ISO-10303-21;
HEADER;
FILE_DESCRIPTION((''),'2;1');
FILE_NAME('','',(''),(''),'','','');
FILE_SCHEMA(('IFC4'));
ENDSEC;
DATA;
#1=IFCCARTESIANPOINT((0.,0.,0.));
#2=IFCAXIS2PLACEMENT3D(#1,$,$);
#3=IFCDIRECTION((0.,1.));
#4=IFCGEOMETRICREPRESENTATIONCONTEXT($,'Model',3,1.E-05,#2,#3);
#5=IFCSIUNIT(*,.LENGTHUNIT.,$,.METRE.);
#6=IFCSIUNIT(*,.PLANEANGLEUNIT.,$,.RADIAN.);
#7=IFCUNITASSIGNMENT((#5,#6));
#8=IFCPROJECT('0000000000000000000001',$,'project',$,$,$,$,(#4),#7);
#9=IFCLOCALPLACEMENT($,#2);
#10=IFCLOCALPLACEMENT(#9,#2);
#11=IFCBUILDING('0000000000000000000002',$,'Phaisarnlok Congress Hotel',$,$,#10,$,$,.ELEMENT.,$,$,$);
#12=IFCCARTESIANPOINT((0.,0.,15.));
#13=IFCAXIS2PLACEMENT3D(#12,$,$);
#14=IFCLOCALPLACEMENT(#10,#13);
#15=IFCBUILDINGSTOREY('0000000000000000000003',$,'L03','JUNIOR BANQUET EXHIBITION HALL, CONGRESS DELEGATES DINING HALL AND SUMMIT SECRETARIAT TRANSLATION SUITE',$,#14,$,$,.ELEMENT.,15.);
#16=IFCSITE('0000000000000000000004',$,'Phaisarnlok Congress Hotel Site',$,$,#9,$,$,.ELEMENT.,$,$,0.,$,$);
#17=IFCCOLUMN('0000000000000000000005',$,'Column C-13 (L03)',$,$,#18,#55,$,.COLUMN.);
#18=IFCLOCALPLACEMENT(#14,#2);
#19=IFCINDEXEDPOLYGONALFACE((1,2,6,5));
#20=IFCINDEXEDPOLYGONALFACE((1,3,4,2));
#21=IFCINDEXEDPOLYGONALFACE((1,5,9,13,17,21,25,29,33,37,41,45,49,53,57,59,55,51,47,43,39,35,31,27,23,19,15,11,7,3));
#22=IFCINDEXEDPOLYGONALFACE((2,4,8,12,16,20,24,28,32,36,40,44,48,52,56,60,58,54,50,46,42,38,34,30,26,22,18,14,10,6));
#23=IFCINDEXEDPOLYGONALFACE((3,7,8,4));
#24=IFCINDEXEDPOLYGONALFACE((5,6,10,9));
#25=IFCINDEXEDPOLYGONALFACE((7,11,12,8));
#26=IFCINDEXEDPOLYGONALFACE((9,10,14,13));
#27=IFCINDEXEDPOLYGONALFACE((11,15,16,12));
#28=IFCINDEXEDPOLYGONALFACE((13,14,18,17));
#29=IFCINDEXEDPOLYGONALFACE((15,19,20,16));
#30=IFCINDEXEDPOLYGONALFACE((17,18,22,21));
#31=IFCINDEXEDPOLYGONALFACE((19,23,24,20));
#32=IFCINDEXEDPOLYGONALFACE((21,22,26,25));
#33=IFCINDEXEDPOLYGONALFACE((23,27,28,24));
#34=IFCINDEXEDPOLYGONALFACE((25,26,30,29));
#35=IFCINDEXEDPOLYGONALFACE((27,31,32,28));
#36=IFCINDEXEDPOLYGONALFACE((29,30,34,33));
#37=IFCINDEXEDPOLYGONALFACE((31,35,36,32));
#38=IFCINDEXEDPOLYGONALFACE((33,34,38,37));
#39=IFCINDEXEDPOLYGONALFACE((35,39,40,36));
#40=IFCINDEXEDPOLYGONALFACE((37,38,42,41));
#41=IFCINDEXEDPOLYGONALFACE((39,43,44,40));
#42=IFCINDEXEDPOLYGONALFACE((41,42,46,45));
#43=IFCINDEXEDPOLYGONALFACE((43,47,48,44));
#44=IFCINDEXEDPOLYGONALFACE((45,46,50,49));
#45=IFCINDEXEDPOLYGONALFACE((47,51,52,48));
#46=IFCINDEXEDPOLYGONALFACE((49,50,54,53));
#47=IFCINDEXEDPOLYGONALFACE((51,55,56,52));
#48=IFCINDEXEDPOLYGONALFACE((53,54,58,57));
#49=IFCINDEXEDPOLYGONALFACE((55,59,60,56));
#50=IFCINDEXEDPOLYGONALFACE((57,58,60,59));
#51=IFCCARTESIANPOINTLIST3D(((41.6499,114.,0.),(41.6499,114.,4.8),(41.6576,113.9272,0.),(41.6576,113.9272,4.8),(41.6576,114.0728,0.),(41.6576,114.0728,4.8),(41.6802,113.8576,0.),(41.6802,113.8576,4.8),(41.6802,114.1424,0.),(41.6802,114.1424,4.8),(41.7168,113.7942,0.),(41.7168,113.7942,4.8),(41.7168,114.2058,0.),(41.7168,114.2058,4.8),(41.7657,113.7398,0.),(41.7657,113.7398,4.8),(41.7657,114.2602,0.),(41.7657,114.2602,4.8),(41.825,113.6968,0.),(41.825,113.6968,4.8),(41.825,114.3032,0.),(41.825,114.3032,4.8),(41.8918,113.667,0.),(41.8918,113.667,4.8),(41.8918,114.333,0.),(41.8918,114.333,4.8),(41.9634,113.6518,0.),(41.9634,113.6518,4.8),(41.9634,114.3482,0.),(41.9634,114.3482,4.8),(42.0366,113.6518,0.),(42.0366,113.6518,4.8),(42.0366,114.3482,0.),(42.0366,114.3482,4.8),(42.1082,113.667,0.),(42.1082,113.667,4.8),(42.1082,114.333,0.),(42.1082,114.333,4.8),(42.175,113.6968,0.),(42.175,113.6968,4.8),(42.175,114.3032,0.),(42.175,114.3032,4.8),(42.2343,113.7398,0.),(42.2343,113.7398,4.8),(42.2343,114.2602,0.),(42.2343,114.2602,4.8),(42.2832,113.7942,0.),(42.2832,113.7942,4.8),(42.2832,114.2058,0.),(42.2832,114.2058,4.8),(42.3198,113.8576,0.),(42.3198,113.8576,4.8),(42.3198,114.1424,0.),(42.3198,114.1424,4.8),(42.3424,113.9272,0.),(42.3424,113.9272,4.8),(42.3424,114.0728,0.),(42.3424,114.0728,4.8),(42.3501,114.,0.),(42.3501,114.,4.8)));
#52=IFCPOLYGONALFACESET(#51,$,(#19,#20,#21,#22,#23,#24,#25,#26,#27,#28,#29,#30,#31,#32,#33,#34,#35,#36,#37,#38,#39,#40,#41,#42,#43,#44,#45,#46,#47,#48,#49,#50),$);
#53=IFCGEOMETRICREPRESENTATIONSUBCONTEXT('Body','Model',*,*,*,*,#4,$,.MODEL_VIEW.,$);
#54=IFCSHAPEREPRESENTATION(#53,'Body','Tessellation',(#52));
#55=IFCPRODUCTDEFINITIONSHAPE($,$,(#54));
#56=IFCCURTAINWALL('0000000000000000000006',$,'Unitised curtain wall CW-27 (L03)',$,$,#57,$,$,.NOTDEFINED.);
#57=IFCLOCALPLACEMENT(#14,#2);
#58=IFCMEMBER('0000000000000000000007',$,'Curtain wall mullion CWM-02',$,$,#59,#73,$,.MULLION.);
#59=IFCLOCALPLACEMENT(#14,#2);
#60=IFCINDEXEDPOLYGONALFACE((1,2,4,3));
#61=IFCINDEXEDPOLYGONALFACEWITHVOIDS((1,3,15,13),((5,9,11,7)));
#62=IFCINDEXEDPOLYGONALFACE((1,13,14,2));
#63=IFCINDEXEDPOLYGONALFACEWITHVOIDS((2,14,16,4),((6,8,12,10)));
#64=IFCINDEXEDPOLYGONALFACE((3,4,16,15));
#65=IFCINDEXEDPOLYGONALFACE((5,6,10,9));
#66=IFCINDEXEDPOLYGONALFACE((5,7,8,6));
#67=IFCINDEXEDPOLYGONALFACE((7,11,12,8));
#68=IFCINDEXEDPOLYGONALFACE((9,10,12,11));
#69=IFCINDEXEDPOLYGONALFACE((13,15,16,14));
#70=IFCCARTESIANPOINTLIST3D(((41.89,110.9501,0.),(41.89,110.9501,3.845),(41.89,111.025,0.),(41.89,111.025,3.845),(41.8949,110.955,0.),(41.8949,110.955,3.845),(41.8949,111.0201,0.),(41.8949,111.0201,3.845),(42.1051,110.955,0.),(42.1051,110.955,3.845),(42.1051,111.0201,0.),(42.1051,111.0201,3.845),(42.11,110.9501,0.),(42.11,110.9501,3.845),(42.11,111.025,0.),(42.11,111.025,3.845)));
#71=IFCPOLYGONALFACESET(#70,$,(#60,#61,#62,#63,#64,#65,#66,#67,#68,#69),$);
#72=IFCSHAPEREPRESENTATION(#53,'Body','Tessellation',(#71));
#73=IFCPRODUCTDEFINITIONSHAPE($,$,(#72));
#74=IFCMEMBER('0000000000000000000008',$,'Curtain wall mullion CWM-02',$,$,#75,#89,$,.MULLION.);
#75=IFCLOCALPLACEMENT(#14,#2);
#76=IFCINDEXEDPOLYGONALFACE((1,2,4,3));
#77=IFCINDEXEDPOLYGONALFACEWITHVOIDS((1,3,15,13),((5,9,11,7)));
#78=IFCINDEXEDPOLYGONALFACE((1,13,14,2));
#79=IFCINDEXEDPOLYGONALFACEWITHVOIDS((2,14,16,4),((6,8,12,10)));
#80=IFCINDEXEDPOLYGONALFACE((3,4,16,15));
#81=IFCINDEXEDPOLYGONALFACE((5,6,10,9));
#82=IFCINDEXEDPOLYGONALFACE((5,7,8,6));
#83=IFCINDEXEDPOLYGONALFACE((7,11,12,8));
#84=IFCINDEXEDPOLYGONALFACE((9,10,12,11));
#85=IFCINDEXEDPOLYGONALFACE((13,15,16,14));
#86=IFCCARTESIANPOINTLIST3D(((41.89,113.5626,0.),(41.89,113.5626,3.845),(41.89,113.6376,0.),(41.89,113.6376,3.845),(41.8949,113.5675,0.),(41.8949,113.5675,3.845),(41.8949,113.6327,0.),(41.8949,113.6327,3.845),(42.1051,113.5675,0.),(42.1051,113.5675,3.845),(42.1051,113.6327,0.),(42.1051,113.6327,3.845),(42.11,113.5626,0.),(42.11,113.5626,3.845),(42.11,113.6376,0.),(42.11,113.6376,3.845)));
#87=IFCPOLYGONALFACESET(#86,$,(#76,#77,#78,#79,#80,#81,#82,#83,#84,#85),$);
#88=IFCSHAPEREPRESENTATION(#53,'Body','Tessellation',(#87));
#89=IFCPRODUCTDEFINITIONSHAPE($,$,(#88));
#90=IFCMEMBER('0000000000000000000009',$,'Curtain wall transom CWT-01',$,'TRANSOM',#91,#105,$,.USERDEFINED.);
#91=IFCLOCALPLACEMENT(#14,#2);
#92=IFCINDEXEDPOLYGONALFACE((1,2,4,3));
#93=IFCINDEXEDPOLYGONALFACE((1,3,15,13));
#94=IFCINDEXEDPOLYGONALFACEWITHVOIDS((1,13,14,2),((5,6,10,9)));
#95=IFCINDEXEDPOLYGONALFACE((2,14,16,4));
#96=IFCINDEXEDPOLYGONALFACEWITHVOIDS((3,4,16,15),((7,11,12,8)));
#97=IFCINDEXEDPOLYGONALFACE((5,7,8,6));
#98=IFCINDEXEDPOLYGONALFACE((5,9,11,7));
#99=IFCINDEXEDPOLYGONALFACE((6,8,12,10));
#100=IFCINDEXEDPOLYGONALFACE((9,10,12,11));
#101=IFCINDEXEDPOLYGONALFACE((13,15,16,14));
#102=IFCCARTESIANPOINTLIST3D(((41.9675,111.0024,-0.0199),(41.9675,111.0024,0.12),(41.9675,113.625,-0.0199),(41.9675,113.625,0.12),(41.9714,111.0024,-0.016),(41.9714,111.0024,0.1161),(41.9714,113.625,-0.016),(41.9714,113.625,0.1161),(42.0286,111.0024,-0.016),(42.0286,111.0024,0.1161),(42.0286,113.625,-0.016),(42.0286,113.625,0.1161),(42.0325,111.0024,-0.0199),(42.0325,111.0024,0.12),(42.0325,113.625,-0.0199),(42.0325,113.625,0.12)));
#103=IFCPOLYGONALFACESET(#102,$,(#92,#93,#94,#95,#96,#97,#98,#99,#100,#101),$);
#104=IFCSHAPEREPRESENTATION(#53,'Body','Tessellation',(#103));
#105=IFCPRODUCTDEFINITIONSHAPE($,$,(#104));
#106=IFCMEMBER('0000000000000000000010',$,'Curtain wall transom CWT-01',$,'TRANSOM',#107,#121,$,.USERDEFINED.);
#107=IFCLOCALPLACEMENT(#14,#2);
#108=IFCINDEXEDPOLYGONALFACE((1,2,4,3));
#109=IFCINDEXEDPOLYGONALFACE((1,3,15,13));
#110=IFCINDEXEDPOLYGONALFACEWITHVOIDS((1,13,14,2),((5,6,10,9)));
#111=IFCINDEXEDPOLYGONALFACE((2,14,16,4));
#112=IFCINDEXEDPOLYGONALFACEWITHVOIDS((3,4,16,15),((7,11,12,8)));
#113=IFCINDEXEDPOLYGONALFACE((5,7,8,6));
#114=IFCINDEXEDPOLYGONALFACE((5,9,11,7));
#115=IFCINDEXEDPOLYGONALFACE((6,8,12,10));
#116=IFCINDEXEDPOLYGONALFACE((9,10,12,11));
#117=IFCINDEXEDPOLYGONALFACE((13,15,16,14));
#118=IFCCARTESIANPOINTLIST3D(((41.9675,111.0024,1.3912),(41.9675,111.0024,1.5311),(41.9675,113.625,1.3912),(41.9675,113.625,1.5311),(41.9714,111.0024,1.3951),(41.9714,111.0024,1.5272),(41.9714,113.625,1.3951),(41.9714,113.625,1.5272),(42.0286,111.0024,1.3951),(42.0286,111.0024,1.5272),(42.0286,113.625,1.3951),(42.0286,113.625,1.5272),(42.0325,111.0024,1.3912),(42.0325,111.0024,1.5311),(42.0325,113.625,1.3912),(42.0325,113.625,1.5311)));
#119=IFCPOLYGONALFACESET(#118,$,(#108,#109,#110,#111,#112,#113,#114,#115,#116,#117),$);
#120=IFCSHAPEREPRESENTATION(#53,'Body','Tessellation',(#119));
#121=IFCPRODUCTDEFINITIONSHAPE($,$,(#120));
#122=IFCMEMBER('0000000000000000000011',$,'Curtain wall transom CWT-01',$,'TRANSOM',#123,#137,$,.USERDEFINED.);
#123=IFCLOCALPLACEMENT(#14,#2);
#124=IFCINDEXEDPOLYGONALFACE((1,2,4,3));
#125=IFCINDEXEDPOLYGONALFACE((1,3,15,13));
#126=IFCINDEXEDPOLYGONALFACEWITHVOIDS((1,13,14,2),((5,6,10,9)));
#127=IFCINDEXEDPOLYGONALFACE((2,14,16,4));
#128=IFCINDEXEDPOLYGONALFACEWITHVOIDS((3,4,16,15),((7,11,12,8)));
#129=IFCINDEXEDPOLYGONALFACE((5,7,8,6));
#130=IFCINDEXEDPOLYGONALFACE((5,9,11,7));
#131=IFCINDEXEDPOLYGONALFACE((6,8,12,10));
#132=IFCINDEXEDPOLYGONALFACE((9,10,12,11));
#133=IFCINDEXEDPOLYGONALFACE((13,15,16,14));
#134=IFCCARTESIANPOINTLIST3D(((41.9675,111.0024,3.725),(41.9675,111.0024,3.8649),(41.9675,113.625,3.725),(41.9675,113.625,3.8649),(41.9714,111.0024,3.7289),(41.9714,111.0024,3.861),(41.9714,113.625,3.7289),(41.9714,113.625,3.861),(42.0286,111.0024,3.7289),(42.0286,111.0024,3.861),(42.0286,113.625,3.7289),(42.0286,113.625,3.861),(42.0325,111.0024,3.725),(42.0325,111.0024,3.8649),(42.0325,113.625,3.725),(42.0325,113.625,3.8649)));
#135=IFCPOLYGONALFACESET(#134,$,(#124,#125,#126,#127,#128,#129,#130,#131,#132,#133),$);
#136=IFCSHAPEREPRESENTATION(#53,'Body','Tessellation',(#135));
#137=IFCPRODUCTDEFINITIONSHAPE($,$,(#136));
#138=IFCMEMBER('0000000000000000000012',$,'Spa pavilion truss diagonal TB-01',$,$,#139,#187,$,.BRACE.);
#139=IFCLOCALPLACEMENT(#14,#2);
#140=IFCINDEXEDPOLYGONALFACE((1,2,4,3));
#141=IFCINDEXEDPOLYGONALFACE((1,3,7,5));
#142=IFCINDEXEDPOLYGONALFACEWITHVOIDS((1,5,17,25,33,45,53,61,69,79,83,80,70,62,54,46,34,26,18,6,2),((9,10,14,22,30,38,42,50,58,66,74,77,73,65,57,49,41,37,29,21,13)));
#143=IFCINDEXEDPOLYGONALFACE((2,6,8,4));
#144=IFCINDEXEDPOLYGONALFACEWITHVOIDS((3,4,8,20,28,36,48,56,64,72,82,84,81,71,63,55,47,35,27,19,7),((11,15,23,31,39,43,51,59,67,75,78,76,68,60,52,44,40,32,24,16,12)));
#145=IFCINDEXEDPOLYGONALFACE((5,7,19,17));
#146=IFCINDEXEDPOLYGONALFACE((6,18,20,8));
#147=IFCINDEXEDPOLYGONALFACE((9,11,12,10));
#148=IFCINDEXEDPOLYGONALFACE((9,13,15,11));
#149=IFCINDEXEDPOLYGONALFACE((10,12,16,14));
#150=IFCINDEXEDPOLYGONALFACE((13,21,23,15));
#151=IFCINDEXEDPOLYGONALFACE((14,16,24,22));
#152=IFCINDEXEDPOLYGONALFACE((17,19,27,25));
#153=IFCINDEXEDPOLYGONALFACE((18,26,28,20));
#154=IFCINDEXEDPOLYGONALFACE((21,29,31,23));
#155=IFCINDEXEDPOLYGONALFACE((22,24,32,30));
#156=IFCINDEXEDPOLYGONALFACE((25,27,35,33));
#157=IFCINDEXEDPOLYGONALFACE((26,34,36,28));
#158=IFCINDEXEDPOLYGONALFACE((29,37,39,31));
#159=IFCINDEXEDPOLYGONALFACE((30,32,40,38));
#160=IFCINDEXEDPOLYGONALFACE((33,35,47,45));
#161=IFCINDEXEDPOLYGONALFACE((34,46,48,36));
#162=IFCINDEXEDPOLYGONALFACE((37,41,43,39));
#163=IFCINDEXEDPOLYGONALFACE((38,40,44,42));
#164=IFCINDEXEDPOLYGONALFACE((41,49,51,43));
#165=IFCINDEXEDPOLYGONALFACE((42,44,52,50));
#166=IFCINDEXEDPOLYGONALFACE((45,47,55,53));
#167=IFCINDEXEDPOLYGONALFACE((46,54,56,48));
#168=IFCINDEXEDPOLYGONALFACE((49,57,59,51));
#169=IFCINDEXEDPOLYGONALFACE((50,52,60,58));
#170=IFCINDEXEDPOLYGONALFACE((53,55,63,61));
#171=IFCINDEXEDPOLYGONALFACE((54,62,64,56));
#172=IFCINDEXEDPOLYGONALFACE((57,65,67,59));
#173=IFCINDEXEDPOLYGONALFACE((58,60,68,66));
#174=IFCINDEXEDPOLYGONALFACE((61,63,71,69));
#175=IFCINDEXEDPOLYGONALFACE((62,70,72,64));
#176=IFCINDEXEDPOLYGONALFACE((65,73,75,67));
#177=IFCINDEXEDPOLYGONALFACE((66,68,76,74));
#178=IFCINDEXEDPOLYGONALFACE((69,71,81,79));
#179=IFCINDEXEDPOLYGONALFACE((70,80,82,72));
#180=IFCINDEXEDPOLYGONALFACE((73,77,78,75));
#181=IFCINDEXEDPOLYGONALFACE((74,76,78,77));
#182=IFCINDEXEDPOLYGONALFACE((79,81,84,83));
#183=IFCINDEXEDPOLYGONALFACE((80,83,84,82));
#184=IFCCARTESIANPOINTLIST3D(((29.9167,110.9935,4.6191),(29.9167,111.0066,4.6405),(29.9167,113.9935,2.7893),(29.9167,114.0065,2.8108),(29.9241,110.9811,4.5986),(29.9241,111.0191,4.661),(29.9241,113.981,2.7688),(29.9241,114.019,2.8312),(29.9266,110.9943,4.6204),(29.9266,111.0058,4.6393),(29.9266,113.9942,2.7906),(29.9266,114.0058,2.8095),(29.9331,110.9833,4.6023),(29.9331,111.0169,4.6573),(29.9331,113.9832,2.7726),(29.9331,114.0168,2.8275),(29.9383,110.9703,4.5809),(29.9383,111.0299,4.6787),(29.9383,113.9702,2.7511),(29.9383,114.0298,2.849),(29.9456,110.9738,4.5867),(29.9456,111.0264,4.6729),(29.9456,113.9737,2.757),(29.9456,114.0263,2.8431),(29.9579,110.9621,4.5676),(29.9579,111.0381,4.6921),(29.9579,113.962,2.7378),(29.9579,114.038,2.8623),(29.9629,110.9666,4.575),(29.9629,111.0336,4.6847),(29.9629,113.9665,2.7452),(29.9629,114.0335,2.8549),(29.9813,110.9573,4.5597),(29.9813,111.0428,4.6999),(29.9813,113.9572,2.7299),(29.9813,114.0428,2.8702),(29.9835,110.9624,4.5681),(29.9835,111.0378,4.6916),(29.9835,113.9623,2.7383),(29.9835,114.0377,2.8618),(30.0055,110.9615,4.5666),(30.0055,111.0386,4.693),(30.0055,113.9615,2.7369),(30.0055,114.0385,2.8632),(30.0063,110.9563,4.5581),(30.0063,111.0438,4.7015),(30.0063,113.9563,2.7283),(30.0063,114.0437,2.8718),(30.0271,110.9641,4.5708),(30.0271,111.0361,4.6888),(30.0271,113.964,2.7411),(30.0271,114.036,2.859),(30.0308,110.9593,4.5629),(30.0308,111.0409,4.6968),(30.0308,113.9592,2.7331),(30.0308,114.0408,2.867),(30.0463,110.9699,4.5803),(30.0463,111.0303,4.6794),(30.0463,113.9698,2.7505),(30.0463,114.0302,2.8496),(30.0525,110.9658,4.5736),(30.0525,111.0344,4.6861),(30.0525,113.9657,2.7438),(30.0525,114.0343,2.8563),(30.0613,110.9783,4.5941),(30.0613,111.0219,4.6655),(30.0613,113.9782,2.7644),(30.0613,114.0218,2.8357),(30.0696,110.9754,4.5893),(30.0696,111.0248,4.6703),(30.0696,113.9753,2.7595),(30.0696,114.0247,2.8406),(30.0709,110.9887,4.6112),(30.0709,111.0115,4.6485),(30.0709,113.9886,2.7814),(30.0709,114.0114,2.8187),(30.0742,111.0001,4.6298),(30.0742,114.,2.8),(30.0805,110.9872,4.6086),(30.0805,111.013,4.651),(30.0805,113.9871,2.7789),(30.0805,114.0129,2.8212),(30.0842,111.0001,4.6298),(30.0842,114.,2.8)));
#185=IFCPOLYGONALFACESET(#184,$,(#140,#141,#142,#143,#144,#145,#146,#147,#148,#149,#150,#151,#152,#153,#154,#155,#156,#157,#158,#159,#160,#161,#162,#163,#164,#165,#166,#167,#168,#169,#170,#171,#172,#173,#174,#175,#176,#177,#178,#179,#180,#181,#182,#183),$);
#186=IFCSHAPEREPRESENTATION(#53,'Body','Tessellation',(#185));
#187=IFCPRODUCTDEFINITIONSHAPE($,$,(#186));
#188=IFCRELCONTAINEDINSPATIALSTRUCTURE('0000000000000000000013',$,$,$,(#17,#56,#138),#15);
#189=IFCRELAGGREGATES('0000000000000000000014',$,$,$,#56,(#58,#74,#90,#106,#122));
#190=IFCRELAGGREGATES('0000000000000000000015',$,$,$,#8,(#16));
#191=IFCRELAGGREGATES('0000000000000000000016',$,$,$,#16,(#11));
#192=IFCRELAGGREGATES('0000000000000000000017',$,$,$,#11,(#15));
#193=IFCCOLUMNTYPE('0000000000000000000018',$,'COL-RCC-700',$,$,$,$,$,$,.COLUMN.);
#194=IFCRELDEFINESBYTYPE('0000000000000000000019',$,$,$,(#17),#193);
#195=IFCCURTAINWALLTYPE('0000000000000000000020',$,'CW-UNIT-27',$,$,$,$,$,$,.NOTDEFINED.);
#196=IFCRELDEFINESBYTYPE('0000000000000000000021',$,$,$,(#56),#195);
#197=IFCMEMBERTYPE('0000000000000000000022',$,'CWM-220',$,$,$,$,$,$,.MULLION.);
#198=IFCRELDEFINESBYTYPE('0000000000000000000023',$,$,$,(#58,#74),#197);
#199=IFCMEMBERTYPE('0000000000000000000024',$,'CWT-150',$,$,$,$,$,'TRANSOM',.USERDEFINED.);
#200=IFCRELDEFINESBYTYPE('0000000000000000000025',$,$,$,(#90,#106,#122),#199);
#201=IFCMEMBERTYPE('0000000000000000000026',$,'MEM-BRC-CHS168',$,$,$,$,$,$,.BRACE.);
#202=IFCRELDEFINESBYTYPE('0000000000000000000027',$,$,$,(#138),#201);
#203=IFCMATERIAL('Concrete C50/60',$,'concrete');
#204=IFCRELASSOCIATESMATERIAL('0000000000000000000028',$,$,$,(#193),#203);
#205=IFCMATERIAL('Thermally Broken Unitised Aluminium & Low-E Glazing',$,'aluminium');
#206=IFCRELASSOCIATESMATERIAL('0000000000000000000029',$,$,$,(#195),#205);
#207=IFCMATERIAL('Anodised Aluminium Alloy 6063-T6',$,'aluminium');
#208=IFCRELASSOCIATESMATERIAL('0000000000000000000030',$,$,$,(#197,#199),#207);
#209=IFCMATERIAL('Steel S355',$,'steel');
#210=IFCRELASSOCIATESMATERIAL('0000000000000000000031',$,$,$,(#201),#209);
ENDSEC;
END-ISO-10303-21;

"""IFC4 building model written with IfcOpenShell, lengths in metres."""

from ifc_helpers import new_model, si_unit, direction, frame, origin, origin_2d, place, context, subcontext, project, spatial, hollow_rectangle, circle, hollow_circle, extrude, material, material_profile, profile_set, type_object, element, aggregate, save


model = new_model("IFC4")

# Units and contexts
model_context = context("Model", 3, precision=1e-05, world=origin(), true_north=direction((0.0, 1.0)))
body_context = subcontext(model_context, "Body", "Model", "MODEL_VIEW")
ifc_project = project(units=[si_unit("LENGTHUNIT", "METRE"), si_unit("PLANEANGLEUNIT", "RADIAN")], contexts=[model_context])

# Site, building, storey
site_placement = place(None, origin())
site = spatial("IfcSite", under=ifc_project, at=site_placement, Name="Phaisarnlok Congress Hotel Site", CompositionType="ELEMENT", RefElevation=0.0)
building_placement = place(site_placement, origin())
building = spatial("IfcBuilding", under=site, at=building_placement, Name="Phaisarnlok Congress Hotel", CompositionType="ELEMENT")
storey_placement = place(building_placement, frame((0.0, 0.0, 15.0)))
storey = spatial("IfcBuildingStorey", under=building, at=storey_placement, Name="L03", Description="JUNIOR BANQUET EXHIBITION HALL, CONGRESS DELEGATES DINING HALL AND SUMMIT SECRETARIAT TRANSLATION SUITE", CompositionType="ELEMENT", Elevation=15.0)

# Column
ifc_material_1 = material(Name="Concrete C50/60", Category="concrete")
ifc_material_profile_1 = material_profile(ifc_material_1, circle(Radius=0.3501, at=origin_2d()), Name="RCC D700")
ifc_profile_set_1 = profile_set([ifc_material_profile_1], Name="Concrete C50/60")
column_type = type_object("IfcColumnType", Name="COL-RCC-700", PredefinedType="COLUMN", material=ifc_profile_set_1)
column_placement = place(storey_placement, frame((42.0, 114.0, 0.0), z_axis=(0.0, 0.0, 1.0), x_axis=(1.0, 0.0, 0.0)))
element("IfcColumn", 1, at=column_placement, inside=storey, type_object=column_type, Name="Column C-13 (L03)", PredefinedType="COLUMN", context=body_context, shape_type="SweptSolid", body=[
    extrude(circle(Radius=0.3501, at=origin_2d()), origin(), (0.0, 0.0, 1.0), 4.8),
])

# Curtain wall, members
ifc_material_2 = material(Name="Thermally Broken Unitised Aluminium & Low-E Glazing", Category="aluminium")
curtain_wall_type = type_object("IfcCurtainWallType", Name="CW-UNIT-27", PredefinedType="NOTDEFINED", material=ifc_material_2)
curtain_wall_placement = place(storey_placement, origin())
curtain_wall = element("IfcCurtainWall", 2, at=curtain_wall_placement, inside=storey, type_object=curtain_wall_type, Name="Unitised curtain wall CW-27 (L03)", PredefinedType="NOTDEFINED")
ifc_material_3 = material(Name="Anodised Aluminium Alloy 6063-T6", Category="aluminium")
ifc_material_profile_2 = material_profile(ifc_material_3, hollow_rectangle(XDim=0.075, YDim=0.22, WallThickness=0.0049, at=origin_2d()), Name="ALU-M 75x220x5")
ifc_profile_set_2 = profile_set([ifc_material_profile_2], Name="Anodised Aluminium Alloy 6063-T6")
member_type_1 = type_object("IfcMemberType", Name="CWM-220", PredefinedType="MULLION", material=ifc_profile_set_2)
member_1_placement = place(storey_placement, frame((42.0, 110.9875, 0.0), z_axis=(0.0, 0.0, 1.0), x_axis=(0.0, 1.0, 0.0)))
member_1 = element("IfcMember", 3, at=member_1_placement, type_object=member_type_1, Name="Curtain wall mullion CWM-02", PredefinedType="MULLION", context=body_context, shape_type="SweptSolid", body=[
    extrude(hollow_rectangle(XDim=0.075, YDim=0.22, WallThickness=0.0049, at=origin_2d()), origin(), (0.0, 0.0, 1.0), 3.845),
])
member_2_placement = place(storey_placement, frame((42.0, 113.6001, 0.0), z_axis=(0.0, 0.0, 1.0), x_axis=(0.0, 1.0, 0.0)))
member_2 = element("IfcMember", 4, at=member_2_placement, type_object=member_type_1, Name="Curtain wall mullion CWM-02", PredefinedType="MULLION", context=body_context, shape_type="SweptSolid", body=[
    extrude(hollow_rectangle(XDim=0.075, YDim=0.22, WallThickness=0.0049, at=origin_2d()), origin(), (0.0, 0.0, 1.0), 3.845),
])
ifc_material_profile_3 = material_profile(ifc_material_3, hollow_rectangle(XDim=0.0649, YDim=0.1399, WallThickness=0.0039, at=origin_2d()), Name="ALU-T 65x140x4")
ifc_profile_set_3 = profile_set([ifc_material_profile_3], Name="Anodised Aluminium Alloy 6063-T6")
member_type_2 = type_object("IfcMemberType", Name="CWT-150", ElementType="TRANSOM", PredefinedType="USERDEFINED", material=ifc_profile_set_3)
member_3_placement = place(storey_placement, frame((42.0, 111.0024, 0.05), z_axis=(0.0, 1.0, 0.0), x_axis=(-1.0, 0.0, 0.0)))
member_3 = element("IfcMember", 5, at=member_3_placement, type_object=member_type_2, Name="Curtain wall transom CWT-01", ObjectType="TRANSOM", PredefinedType="USERDEFINED", context=body_context, shape_type="SweptSolid", body=[
    extrude(hollow_rectangle(XDim=0.0649, YDim=0.1399, WallThickness=0.0039, at=origin_2d()), origin(), (0.0, 0.0, 1.0), 2.6226),
])
member_4_placement = place(storey_placement, frame((42.0, 111.0024, 1.4612), z_axis=(0.0, 1.0, 0.0), x_axis=(-1.0, 0.0, 0.0)))
member_4 = element("IfcMember", 6, at=member_4_placement, type_object=member_type_2, Name="Curtain wall transom CWT-01", ObjectType="TRANSOM", PredefinedType="USERDEFINED", context=body_context, shape_type="SweptSolid", body=[
    extrude(hollow_rectangle(XDim=0.0649, YDim=0.1399, WallThickness=0.0039, at=origin_2d()), origin(), (0.0, 0.0, 1.0), 2.6226),
])
member_5_placement = place(storey_placement, frame((42.0, 111.0024, 3.7949), z_axis=(0.0, 1.0, 0.0), x_axis=(-1.0, 0.0, 0.0)))
member_5 = element("IfcMember", 7, at=member_5_placement, type_object=member_type_2, Name="Curtain wall transom CWT-01", ObjectType="TRANSOM", PredefinedType="USERDEFINED", context=body_context, shape_type="SweptSolid", body=[
    extrude(hollow_rectangle(XDim=0.0649, YDim=0.1399, WallThickness=0.0039, at=origin_2d()), origin(), (0.0, 0.0, 1.0), 2.6226),
])

# Member
ifc_material_4 = material(Name="Steel S355", Category="steel")
ifc_material_profile_4 = material_profile(ifc_material_4, hollow_circle(Radius=0.0842, WallThickness=0.01, at=origin_2d()), Name="CHS 168.3x10")
ifc_profile_set_4 = profile_set([ifc_material_profile_4], Name="Steel S355")
member_type_3 = type_object("IfcMemberType", Name="MEM-BRC-CHS168", PredefinedType="BRACE", material=ifc_profile_set_4)
member_6_placement = place(storey_placement, frame((30.0, 114.0, 2.8), z_axis=(0.0, -0.853725, 0.520725), x_axis=(1.0, 0.0, 0.0)))
element("IfcMember", 8, at=member_6_placement, inside=storey, type_object=member_type_3, Name="Spa pavilion truss diagonal TB-01", PredefinedType="BRACE", context=body_context, shape_type="SweptSolid", body=[
    extrude(hollow_circle(Radius=0.0842, WallThickness=0.01, at=origin_2d()), origin(), (0.0, 0.0, 1.0), 3.5139),
])

aggregate(curtain_wall, [member_1, member_2, member_3, member_4, member_5])

save(model, "model.ifc")
